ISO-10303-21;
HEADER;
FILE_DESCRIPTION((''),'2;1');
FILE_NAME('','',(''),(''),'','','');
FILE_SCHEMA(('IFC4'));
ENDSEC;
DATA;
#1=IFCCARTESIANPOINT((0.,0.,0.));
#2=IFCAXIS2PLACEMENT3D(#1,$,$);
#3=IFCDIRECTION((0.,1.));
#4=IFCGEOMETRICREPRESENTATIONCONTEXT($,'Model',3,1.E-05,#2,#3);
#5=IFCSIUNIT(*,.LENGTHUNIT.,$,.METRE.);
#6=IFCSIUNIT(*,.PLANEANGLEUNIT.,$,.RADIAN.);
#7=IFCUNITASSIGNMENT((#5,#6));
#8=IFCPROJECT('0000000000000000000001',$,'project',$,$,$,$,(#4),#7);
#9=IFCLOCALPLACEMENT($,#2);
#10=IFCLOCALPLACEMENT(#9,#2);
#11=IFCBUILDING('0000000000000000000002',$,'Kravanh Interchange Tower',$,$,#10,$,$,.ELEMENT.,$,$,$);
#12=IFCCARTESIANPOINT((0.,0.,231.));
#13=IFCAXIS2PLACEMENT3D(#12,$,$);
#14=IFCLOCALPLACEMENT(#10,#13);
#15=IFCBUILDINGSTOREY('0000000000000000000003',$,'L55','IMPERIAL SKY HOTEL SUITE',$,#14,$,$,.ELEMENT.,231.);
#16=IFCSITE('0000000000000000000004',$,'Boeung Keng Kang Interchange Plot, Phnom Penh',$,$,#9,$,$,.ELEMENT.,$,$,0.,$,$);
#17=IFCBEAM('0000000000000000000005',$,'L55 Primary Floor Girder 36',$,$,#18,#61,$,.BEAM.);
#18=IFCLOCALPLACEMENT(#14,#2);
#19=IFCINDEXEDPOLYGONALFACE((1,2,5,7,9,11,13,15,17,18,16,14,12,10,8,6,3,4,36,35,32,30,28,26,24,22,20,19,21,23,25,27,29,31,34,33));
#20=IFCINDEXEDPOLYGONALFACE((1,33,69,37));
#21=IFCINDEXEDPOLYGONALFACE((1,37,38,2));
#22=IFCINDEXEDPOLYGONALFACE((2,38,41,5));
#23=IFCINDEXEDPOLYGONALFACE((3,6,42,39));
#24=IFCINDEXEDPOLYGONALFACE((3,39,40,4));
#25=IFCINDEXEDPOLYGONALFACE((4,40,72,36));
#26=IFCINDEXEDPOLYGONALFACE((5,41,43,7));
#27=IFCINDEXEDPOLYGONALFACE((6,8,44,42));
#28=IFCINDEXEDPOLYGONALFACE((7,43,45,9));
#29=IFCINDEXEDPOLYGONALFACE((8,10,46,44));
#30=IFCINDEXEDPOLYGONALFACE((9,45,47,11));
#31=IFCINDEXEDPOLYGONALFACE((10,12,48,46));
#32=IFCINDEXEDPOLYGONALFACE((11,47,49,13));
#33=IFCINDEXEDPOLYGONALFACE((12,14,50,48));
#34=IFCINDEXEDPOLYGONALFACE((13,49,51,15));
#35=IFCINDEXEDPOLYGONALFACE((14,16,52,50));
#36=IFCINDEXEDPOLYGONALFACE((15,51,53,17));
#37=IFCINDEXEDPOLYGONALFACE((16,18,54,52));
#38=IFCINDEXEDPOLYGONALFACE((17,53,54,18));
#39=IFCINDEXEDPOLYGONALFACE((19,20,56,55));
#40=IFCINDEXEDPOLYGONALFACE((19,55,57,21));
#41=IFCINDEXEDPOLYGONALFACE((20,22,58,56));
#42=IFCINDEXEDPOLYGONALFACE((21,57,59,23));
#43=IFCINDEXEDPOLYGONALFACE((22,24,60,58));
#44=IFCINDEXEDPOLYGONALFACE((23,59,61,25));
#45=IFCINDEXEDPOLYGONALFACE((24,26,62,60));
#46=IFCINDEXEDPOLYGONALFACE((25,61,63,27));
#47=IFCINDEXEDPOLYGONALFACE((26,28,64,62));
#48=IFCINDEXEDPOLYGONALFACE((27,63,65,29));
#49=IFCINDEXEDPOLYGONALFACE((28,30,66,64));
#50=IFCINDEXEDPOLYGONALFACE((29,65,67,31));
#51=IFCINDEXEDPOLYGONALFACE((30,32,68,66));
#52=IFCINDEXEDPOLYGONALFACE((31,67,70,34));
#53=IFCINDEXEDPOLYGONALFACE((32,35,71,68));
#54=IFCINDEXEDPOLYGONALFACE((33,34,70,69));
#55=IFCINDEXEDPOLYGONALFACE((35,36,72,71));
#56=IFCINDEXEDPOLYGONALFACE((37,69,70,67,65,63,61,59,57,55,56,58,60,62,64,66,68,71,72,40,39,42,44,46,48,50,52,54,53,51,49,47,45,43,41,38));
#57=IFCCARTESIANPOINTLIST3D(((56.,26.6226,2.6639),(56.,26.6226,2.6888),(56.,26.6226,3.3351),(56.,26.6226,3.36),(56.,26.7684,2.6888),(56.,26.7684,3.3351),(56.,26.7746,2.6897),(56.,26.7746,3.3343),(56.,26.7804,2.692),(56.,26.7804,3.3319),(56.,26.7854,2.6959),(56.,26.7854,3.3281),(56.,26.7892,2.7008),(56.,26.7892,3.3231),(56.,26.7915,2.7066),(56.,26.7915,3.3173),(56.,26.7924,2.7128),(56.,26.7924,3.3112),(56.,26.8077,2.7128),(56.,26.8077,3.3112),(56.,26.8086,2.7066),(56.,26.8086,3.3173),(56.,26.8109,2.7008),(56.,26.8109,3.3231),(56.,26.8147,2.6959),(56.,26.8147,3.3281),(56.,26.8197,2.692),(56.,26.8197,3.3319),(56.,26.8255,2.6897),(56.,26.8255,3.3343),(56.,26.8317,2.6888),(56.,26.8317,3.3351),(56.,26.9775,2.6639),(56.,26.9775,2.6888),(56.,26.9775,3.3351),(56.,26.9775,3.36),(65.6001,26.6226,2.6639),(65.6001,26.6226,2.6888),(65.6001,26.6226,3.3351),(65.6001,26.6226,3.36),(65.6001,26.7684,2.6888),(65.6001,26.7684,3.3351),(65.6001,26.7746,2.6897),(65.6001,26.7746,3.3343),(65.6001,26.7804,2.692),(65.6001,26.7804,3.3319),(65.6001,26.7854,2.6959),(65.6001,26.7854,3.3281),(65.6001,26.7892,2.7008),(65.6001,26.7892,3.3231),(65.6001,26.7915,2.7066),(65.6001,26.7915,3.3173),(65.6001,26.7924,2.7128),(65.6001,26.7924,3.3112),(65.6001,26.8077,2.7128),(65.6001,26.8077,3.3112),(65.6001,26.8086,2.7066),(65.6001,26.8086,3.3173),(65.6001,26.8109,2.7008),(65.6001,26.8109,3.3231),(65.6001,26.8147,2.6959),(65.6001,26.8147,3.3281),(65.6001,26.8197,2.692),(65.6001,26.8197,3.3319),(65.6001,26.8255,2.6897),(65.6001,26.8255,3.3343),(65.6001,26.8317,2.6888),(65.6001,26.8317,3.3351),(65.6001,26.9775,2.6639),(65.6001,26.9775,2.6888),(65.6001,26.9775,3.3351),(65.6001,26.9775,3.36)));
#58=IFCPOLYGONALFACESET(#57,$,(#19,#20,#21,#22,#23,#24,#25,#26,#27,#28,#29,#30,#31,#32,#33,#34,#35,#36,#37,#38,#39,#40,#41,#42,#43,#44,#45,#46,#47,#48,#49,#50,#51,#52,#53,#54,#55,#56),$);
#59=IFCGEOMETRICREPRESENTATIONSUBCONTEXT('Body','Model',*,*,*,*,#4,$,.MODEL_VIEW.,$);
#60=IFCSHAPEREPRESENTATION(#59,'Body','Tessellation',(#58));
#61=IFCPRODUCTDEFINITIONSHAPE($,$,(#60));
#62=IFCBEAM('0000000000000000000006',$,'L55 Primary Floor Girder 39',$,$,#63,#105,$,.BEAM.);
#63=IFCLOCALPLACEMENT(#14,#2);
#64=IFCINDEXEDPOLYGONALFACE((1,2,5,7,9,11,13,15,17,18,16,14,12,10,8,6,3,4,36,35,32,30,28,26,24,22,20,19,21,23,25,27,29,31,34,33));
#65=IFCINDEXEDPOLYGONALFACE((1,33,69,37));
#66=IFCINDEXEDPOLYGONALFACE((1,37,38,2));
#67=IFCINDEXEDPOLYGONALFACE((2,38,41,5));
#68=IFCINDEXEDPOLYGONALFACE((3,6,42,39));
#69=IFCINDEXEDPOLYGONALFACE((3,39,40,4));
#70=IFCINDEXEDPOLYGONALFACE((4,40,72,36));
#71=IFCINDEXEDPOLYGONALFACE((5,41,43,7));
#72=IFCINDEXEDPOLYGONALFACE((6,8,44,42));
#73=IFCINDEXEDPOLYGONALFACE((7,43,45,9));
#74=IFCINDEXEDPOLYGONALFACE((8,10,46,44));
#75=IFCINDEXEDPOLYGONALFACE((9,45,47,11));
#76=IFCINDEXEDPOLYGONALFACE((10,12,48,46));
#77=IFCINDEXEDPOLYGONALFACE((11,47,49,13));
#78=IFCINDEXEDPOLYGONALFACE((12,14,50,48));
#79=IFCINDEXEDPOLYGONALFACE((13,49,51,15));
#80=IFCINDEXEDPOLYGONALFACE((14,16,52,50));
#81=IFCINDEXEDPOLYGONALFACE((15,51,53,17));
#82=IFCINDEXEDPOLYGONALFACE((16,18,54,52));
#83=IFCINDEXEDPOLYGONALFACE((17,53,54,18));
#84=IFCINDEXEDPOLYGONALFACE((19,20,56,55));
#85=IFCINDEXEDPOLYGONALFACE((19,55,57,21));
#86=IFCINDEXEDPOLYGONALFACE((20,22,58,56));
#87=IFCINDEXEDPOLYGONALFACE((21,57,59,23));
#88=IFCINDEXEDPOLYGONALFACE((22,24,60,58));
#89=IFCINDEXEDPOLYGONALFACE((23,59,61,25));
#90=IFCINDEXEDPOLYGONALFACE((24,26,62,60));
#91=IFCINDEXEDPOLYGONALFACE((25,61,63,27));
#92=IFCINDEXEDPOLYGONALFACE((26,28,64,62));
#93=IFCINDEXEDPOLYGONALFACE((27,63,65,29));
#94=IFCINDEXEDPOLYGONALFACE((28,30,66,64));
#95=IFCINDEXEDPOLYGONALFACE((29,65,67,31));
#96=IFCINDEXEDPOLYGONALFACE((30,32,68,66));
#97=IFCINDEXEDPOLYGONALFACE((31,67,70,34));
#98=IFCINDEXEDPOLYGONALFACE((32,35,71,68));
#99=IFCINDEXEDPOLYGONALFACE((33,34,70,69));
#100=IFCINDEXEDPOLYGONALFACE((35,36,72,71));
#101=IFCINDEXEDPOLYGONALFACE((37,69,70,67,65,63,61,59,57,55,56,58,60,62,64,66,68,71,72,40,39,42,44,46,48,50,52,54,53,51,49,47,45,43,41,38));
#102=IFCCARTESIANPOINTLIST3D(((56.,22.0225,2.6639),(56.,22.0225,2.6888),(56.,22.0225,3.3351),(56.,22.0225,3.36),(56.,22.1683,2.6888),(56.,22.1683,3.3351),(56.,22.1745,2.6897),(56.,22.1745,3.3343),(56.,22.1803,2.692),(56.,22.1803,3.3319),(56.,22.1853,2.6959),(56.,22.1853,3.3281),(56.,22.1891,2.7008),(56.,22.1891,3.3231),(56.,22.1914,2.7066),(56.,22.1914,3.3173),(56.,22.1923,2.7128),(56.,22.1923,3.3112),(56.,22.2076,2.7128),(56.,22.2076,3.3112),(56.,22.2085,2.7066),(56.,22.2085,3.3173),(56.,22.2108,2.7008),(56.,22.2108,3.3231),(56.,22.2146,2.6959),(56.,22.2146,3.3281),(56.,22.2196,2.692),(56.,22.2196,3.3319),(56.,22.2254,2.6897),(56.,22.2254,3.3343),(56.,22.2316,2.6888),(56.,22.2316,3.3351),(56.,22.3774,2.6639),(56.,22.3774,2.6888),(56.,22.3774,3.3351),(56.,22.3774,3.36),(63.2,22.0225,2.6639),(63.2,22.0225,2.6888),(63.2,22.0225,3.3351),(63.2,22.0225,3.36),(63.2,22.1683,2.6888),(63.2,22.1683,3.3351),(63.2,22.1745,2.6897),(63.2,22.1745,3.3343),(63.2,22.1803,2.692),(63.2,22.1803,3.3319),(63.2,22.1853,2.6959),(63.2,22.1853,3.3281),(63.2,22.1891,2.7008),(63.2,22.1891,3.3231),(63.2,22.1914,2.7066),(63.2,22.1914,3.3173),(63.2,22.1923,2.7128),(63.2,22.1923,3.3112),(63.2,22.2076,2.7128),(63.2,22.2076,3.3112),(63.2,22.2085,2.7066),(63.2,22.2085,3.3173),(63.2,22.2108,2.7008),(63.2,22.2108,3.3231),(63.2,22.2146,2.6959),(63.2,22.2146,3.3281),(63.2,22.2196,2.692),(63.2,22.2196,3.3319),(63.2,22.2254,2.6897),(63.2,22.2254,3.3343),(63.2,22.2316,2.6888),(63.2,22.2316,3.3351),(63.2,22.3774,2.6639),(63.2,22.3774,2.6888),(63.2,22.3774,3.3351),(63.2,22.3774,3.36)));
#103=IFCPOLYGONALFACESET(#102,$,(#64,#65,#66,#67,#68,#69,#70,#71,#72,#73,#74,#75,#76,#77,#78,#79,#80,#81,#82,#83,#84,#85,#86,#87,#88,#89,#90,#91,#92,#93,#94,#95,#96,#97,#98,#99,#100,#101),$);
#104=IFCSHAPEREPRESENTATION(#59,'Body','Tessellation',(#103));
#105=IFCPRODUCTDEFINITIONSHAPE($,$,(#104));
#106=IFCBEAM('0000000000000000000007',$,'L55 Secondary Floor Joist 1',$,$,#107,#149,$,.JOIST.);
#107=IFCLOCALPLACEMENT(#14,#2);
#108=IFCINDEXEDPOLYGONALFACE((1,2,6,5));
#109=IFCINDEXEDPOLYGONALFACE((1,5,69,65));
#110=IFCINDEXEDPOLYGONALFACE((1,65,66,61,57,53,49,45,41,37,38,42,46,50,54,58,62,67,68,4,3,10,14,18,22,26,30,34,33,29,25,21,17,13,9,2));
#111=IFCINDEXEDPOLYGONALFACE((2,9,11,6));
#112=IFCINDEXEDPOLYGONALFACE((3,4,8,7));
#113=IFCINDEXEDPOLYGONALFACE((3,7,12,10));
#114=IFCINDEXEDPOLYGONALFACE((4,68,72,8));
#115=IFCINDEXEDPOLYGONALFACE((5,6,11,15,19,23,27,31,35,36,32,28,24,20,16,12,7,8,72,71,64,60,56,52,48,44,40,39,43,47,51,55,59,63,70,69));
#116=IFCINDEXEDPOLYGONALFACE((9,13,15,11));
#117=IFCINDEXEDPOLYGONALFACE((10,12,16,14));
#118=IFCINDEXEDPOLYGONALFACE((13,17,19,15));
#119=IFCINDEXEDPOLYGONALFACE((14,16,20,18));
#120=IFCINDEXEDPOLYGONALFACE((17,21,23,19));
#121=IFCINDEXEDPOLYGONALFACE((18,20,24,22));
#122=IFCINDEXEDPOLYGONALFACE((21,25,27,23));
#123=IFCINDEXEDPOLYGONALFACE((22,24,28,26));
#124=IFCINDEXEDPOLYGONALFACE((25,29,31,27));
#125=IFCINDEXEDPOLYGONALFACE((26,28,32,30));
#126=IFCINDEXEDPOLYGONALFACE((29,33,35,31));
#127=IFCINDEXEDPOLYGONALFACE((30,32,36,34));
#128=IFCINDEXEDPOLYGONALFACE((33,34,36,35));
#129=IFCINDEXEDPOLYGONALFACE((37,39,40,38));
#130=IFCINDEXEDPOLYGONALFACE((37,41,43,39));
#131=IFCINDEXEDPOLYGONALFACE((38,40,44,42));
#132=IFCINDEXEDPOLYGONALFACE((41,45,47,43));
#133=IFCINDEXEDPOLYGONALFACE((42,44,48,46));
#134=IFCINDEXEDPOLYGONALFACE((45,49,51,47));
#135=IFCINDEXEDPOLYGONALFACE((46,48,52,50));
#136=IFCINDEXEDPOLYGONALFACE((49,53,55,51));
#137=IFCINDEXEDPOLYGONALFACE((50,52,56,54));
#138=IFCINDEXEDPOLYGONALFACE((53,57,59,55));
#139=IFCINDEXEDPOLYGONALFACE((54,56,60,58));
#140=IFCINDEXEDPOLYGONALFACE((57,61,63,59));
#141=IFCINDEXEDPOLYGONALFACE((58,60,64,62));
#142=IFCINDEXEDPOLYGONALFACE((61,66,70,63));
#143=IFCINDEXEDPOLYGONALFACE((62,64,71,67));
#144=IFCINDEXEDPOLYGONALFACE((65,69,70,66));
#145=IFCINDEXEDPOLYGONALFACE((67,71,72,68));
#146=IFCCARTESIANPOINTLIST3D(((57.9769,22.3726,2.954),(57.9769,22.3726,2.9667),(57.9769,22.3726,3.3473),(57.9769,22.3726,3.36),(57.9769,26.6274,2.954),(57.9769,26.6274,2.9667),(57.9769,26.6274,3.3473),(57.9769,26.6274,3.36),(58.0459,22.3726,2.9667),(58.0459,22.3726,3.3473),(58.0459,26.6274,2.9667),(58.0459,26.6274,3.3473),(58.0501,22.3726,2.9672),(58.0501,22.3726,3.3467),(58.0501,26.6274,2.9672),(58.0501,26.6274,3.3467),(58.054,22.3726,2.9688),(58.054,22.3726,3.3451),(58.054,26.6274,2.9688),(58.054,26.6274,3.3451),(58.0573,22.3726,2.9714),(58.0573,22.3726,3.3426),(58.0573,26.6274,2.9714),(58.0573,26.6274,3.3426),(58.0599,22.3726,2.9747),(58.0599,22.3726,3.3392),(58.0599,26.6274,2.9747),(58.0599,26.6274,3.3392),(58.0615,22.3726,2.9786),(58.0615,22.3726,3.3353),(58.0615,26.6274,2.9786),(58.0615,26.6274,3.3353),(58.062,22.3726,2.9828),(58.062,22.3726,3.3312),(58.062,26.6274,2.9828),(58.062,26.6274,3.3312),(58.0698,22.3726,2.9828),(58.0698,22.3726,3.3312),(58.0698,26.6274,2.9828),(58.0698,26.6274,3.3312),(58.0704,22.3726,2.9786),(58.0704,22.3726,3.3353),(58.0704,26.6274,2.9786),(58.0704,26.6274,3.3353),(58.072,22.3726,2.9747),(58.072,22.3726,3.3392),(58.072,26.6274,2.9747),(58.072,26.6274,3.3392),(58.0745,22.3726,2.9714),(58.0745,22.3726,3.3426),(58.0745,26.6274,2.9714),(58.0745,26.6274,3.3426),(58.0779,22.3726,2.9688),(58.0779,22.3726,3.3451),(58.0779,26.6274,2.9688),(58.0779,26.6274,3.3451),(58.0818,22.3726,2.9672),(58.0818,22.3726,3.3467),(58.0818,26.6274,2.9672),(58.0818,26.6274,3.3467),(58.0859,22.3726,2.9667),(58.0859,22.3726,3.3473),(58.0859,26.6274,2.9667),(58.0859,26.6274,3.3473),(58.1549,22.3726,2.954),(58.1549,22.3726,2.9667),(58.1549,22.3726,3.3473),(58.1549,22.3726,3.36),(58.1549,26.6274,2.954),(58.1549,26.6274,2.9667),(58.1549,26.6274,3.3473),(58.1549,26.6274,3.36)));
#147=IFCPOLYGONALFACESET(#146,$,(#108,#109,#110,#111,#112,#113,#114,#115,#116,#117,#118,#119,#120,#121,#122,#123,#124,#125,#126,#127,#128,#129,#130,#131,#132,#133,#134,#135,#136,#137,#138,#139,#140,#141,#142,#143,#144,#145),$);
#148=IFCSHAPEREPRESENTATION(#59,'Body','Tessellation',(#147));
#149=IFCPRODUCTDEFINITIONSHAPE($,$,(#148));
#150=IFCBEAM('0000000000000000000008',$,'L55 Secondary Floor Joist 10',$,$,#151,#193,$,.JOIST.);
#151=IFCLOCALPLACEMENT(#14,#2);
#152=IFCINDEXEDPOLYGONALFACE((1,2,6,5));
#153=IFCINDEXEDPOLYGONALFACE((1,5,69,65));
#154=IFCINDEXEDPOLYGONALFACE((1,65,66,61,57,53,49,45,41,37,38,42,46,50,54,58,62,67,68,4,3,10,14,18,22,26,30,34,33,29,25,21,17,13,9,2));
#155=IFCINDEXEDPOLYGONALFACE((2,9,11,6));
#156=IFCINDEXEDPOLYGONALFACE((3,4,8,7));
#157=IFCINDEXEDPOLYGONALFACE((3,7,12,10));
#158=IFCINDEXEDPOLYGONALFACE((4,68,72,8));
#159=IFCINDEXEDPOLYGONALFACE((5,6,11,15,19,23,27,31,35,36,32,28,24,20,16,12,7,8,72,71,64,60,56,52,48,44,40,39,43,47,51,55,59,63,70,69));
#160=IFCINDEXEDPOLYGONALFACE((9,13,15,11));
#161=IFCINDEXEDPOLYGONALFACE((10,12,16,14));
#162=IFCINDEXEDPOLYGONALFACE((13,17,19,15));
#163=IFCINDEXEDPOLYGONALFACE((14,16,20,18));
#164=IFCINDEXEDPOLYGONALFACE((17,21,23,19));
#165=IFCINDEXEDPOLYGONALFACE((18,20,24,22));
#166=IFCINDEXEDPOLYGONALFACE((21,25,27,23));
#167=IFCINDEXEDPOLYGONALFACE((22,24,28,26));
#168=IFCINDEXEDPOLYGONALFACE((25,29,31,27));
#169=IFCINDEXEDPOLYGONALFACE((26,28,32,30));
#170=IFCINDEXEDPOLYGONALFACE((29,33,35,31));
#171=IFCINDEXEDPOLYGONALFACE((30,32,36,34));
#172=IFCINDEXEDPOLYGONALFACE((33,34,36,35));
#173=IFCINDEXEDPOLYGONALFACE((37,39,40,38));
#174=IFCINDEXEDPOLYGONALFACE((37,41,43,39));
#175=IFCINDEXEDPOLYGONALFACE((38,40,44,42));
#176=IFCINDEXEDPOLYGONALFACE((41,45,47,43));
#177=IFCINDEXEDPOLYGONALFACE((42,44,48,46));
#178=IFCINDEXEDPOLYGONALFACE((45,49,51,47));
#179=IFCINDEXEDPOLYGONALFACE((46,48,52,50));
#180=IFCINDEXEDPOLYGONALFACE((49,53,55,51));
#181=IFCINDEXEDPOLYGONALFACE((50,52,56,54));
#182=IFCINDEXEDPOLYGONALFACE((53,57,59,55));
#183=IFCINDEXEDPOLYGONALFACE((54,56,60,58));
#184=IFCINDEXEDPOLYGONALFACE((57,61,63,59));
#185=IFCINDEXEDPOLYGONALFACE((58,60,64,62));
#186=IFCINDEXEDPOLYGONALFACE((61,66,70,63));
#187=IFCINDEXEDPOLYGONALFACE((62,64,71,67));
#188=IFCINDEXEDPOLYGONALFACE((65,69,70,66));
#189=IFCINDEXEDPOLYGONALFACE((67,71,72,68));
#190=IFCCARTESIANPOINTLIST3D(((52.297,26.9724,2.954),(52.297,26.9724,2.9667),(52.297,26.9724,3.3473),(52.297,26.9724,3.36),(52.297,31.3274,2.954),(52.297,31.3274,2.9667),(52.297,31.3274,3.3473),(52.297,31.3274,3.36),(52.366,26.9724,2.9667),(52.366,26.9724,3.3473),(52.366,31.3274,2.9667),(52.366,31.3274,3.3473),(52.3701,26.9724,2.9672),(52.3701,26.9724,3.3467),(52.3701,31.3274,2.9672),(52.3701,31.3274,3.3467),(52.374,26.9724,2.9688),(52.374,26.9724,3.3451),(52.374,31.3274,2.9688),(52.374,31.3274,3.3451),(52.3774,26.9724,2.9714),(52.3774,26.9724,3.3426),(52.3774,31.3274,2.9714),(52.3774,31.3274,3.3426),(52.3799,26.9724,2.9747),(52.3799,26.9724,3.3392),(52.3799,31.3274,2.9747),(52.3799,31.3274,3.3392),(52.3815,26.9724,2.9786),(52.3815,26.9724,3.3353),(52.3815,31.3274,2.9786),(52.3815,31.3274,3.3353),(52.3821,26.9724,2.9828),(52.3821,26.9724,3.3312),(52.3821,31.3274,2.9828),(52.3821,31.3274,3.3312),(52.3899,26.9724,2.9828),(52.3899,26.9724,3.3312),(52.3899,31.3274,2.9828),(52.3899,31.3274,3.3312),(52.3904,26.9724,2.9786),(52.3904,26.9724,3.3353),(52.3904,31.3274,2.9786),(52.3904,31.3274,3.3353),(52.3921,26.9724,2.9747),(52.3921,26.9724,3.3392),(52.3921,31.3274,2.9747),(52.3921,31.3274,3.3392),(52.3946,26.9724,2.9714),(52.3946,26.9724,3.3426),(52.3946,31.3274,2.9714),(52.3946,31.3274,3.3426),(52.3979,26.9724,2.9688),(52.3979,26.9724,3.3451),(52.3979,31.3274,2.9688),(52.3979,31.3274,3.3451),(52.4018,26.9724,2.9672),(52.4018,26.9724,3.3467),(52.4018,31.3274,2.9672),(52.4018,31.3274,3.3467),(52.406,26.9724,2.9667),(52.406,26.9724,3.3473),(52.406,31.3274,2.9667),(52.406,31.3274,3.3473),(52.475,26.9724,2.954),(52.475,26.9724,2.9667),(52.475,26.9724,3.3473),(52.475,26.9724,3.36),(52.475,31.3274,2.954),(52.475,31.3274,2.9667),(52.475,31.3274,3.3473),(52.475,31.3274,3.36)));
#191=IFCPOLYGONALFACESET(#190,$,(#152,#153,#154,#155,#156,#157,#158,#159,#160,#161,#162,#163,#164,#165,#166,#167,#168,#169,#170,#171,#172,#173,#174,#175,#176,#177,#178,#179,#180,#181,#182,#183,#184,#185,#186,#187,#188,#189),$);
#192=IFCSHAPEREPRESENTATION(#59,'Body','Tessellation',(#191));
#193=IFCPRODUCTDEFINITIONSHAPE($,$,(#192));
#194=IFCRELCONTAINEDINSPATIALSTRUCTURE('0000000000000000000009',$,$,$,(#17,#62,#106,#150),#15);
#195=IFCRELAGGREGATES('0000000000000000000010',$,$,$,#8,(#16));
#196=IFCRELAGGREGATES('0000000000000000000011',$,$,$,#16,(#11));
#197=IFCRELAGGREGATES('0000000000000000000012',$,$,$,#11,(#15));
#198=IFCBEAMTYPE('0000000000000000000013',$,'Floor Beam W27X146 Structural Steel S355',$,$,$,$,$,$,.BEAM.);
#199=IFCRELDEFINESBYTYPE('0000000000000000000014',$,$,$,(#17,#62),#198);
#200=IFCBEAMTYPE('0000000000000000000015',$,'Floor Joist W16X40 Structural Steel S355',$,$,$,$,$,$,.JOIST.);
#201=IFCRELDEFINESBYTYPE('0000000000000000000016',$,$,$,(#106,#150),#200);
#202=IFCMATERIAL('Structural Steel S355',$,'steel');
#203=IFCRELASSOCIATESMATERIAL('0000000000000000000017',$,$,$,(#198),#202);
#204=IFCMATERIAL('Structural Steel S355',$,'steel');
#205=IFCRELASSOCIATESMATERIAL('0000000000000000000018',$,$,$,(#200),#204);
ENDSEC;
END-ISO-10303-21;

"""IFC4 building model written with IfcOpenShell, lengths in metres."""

from ifc_helpers import new_model, si_unit, direction, frame, origin, origin_2d, place, context, subcontext, project, spatial, i_section, extrude, material, material_profile, profile_set, type_object, element, save


model = new_model("IFC4")

# Units and contexts
model_context = context("Model", 3, precision=1e-05, world=origin(), true_north=direction((0.0, 1.0)))
body_context = subcontext(model_context, "Body", "Model", "MODEL_VIEW")
ifc_project = project(units=[si_unit("LENGTHUNIT", "METRE"), si_unit("PLANEANGLEUNIT", "RADIAN")], contexts=[model_context])

# Site, building, storey
site_placement = place(None, origin())
site = spatial("IfcSite", under=ifc_project, at=site_placement, Name="Boeung Keng Kang Interchange Plot, Phnom Penh", CompositionType="ELEMENT", RefElevation=0.0)
building_placement = place(site_placement, origin())
building = spatial("IfcBuilding", under=site, at=building_placement, Name="Kravanh Interchange Tower", CompositionType="ELEMENT")
storey_placement = place(building_placement, frame((0.0, 0.0, 231.0)))
storey = spatial("IfcBuildingStorey", under=building, at=storey_placement, Name="L55", Description="IMPERIAL SKY HOTEL SUITE", CompositionType="ELEMENT", Elevation=231.0)

# Beams
ifc_material_1 = material(Name="Structural Steel S355", Category="steel")
ifc_material_profile_1 = material_profile(ifc_material_1, i_section(OverallWidth=0.355, OverallDepth=0.696, WebThickness=0.0154, FlangeThickness=0.0249, FilletRadius=0.0239, at=origin_2d()), Name="W27X146")
ifc_profile_set_1 = profile_set([ifc_material_profile_1], Name="Structural Steel S355")
beam_type_1 = type_object("IfcBeamType", Name="Floor Beam W27X146 Structural Steel S355", PredefinedType="BEAM", material=ifc_profile_set_1)
beam_1_placement = place(storey_placement, frame((56.0, 26.8, 3.012), z_axis=(1.0, 0.0, 0.0), x_axis=(0.0, 1.0, 0.0)))
element("IfcBeam", 1, at=beam_1_placement, inside=storey, type_object=beam_type_1, Name="L55 Primary Floor Girder 36", PredefinedType="BEAM", context=body_context, shape_type="SweptSolid", body=[
    extrude(i_section(OverallWidth=0.355, OverallDepth=0.696, WebThickness=0.0154, FlangeThickness=0.0249, FilletRadius=0.0239, at=origin_2d()), origin(), (0.0, 0.0, 1.0), 9.6001),
])
beam_2_placement = place(storey_placement, frame((56.0, 22.2, 3.012), z_axis=(1.0, 0.0, 0.0), x_axis=(0.0, 1.0, 0.0)))
element("IfcBeam", 2, at=beam_2_placement, inside=storey, type_object=beam_type_1, Name="L55 Primary Floor Girder 39", PredefinedType="BEAM", context=body_context, shape_type="SweptSolid", body=[
    extrude(i_section(OverallWidth=0.355, OverallDepth=0.696, WebThickness=0.0154, FlangeThickness=0.0249, FilletRadius=0.0239, at=origin_2d()), origin(), (0.0, 0.0, 1.0), 7.2),
])
ifc_material_2 = material(Name="Structural Steel S355", Category="steel")
ifc_material_profile_2 = material_profile(ifc_material_2, i_section(OverallWidth=0.178, OverallDepth=0.406, WebThickness=0.0078, FlangeThickness=0.0127, FilletRadius=0.0161, at=origin_2d()), Name="W16X40")
ifc_profile_set_2 = profile_set([ifc_material_profile_2], Name="Structural Steel S355")
beam_type_2 = type_object("IfcBeamType", Name="Floor Joist W16X40 Structural Steel S355", PredefinedType="JOIST", material=ifc_profile_set_2)
beam_3_placement = place(storey_placement, frame((58.0659, 22.3726, 3.157), z_axis=(0.0, 1.0, 0.0), x_axis=(-1.0, 0.0, 0.0)))
element("IfcBeam", 3, at=beam_3_placement, inside=storey, type_object=beam_type_2, Name="L55 Secondary Floor Joist 1", PredefinedType="JOIST", context=body_context, shape_type="SweptSolid", body=[
    extrude(i_section(OverallWidth=0.178, OverallDepth=0.406, WebThickness=0.0078, FlangeThickness=0.0127, FilletRadius=0.0161, at=origin_2d()), origin(), (0.0, 0.0, 1.0), 4.2549),
])
for number, where, z_axis, x_axis, name in (
    (4, (52.386, 26.9724, 3.157), (0.0, 1.0, 0.0), (-1.0, 0.0, 0.0), "L55 Secondary Floor Joist 10"),
):
    element("IfcBeam", number, at=place(storey_placement, frame(where, z_axis=z_axis, x_axis=x_axis)), inside=storey, type_object=beam_type_2, Name=name, PredefinedType="JOIST", context=body_context, shape_type="SweptSolid", body=[
        extrude(i_section(OverallWidth=0.178, OverallDepth=0.406, WebThickness=0.0078, FlangeThickness=0.0127, FilletRadius=0.0161, at=origin_2d()), origin(), (0.0, 0.0, 1.0), 4.355),
    ])

save(model, "model.ifc")
